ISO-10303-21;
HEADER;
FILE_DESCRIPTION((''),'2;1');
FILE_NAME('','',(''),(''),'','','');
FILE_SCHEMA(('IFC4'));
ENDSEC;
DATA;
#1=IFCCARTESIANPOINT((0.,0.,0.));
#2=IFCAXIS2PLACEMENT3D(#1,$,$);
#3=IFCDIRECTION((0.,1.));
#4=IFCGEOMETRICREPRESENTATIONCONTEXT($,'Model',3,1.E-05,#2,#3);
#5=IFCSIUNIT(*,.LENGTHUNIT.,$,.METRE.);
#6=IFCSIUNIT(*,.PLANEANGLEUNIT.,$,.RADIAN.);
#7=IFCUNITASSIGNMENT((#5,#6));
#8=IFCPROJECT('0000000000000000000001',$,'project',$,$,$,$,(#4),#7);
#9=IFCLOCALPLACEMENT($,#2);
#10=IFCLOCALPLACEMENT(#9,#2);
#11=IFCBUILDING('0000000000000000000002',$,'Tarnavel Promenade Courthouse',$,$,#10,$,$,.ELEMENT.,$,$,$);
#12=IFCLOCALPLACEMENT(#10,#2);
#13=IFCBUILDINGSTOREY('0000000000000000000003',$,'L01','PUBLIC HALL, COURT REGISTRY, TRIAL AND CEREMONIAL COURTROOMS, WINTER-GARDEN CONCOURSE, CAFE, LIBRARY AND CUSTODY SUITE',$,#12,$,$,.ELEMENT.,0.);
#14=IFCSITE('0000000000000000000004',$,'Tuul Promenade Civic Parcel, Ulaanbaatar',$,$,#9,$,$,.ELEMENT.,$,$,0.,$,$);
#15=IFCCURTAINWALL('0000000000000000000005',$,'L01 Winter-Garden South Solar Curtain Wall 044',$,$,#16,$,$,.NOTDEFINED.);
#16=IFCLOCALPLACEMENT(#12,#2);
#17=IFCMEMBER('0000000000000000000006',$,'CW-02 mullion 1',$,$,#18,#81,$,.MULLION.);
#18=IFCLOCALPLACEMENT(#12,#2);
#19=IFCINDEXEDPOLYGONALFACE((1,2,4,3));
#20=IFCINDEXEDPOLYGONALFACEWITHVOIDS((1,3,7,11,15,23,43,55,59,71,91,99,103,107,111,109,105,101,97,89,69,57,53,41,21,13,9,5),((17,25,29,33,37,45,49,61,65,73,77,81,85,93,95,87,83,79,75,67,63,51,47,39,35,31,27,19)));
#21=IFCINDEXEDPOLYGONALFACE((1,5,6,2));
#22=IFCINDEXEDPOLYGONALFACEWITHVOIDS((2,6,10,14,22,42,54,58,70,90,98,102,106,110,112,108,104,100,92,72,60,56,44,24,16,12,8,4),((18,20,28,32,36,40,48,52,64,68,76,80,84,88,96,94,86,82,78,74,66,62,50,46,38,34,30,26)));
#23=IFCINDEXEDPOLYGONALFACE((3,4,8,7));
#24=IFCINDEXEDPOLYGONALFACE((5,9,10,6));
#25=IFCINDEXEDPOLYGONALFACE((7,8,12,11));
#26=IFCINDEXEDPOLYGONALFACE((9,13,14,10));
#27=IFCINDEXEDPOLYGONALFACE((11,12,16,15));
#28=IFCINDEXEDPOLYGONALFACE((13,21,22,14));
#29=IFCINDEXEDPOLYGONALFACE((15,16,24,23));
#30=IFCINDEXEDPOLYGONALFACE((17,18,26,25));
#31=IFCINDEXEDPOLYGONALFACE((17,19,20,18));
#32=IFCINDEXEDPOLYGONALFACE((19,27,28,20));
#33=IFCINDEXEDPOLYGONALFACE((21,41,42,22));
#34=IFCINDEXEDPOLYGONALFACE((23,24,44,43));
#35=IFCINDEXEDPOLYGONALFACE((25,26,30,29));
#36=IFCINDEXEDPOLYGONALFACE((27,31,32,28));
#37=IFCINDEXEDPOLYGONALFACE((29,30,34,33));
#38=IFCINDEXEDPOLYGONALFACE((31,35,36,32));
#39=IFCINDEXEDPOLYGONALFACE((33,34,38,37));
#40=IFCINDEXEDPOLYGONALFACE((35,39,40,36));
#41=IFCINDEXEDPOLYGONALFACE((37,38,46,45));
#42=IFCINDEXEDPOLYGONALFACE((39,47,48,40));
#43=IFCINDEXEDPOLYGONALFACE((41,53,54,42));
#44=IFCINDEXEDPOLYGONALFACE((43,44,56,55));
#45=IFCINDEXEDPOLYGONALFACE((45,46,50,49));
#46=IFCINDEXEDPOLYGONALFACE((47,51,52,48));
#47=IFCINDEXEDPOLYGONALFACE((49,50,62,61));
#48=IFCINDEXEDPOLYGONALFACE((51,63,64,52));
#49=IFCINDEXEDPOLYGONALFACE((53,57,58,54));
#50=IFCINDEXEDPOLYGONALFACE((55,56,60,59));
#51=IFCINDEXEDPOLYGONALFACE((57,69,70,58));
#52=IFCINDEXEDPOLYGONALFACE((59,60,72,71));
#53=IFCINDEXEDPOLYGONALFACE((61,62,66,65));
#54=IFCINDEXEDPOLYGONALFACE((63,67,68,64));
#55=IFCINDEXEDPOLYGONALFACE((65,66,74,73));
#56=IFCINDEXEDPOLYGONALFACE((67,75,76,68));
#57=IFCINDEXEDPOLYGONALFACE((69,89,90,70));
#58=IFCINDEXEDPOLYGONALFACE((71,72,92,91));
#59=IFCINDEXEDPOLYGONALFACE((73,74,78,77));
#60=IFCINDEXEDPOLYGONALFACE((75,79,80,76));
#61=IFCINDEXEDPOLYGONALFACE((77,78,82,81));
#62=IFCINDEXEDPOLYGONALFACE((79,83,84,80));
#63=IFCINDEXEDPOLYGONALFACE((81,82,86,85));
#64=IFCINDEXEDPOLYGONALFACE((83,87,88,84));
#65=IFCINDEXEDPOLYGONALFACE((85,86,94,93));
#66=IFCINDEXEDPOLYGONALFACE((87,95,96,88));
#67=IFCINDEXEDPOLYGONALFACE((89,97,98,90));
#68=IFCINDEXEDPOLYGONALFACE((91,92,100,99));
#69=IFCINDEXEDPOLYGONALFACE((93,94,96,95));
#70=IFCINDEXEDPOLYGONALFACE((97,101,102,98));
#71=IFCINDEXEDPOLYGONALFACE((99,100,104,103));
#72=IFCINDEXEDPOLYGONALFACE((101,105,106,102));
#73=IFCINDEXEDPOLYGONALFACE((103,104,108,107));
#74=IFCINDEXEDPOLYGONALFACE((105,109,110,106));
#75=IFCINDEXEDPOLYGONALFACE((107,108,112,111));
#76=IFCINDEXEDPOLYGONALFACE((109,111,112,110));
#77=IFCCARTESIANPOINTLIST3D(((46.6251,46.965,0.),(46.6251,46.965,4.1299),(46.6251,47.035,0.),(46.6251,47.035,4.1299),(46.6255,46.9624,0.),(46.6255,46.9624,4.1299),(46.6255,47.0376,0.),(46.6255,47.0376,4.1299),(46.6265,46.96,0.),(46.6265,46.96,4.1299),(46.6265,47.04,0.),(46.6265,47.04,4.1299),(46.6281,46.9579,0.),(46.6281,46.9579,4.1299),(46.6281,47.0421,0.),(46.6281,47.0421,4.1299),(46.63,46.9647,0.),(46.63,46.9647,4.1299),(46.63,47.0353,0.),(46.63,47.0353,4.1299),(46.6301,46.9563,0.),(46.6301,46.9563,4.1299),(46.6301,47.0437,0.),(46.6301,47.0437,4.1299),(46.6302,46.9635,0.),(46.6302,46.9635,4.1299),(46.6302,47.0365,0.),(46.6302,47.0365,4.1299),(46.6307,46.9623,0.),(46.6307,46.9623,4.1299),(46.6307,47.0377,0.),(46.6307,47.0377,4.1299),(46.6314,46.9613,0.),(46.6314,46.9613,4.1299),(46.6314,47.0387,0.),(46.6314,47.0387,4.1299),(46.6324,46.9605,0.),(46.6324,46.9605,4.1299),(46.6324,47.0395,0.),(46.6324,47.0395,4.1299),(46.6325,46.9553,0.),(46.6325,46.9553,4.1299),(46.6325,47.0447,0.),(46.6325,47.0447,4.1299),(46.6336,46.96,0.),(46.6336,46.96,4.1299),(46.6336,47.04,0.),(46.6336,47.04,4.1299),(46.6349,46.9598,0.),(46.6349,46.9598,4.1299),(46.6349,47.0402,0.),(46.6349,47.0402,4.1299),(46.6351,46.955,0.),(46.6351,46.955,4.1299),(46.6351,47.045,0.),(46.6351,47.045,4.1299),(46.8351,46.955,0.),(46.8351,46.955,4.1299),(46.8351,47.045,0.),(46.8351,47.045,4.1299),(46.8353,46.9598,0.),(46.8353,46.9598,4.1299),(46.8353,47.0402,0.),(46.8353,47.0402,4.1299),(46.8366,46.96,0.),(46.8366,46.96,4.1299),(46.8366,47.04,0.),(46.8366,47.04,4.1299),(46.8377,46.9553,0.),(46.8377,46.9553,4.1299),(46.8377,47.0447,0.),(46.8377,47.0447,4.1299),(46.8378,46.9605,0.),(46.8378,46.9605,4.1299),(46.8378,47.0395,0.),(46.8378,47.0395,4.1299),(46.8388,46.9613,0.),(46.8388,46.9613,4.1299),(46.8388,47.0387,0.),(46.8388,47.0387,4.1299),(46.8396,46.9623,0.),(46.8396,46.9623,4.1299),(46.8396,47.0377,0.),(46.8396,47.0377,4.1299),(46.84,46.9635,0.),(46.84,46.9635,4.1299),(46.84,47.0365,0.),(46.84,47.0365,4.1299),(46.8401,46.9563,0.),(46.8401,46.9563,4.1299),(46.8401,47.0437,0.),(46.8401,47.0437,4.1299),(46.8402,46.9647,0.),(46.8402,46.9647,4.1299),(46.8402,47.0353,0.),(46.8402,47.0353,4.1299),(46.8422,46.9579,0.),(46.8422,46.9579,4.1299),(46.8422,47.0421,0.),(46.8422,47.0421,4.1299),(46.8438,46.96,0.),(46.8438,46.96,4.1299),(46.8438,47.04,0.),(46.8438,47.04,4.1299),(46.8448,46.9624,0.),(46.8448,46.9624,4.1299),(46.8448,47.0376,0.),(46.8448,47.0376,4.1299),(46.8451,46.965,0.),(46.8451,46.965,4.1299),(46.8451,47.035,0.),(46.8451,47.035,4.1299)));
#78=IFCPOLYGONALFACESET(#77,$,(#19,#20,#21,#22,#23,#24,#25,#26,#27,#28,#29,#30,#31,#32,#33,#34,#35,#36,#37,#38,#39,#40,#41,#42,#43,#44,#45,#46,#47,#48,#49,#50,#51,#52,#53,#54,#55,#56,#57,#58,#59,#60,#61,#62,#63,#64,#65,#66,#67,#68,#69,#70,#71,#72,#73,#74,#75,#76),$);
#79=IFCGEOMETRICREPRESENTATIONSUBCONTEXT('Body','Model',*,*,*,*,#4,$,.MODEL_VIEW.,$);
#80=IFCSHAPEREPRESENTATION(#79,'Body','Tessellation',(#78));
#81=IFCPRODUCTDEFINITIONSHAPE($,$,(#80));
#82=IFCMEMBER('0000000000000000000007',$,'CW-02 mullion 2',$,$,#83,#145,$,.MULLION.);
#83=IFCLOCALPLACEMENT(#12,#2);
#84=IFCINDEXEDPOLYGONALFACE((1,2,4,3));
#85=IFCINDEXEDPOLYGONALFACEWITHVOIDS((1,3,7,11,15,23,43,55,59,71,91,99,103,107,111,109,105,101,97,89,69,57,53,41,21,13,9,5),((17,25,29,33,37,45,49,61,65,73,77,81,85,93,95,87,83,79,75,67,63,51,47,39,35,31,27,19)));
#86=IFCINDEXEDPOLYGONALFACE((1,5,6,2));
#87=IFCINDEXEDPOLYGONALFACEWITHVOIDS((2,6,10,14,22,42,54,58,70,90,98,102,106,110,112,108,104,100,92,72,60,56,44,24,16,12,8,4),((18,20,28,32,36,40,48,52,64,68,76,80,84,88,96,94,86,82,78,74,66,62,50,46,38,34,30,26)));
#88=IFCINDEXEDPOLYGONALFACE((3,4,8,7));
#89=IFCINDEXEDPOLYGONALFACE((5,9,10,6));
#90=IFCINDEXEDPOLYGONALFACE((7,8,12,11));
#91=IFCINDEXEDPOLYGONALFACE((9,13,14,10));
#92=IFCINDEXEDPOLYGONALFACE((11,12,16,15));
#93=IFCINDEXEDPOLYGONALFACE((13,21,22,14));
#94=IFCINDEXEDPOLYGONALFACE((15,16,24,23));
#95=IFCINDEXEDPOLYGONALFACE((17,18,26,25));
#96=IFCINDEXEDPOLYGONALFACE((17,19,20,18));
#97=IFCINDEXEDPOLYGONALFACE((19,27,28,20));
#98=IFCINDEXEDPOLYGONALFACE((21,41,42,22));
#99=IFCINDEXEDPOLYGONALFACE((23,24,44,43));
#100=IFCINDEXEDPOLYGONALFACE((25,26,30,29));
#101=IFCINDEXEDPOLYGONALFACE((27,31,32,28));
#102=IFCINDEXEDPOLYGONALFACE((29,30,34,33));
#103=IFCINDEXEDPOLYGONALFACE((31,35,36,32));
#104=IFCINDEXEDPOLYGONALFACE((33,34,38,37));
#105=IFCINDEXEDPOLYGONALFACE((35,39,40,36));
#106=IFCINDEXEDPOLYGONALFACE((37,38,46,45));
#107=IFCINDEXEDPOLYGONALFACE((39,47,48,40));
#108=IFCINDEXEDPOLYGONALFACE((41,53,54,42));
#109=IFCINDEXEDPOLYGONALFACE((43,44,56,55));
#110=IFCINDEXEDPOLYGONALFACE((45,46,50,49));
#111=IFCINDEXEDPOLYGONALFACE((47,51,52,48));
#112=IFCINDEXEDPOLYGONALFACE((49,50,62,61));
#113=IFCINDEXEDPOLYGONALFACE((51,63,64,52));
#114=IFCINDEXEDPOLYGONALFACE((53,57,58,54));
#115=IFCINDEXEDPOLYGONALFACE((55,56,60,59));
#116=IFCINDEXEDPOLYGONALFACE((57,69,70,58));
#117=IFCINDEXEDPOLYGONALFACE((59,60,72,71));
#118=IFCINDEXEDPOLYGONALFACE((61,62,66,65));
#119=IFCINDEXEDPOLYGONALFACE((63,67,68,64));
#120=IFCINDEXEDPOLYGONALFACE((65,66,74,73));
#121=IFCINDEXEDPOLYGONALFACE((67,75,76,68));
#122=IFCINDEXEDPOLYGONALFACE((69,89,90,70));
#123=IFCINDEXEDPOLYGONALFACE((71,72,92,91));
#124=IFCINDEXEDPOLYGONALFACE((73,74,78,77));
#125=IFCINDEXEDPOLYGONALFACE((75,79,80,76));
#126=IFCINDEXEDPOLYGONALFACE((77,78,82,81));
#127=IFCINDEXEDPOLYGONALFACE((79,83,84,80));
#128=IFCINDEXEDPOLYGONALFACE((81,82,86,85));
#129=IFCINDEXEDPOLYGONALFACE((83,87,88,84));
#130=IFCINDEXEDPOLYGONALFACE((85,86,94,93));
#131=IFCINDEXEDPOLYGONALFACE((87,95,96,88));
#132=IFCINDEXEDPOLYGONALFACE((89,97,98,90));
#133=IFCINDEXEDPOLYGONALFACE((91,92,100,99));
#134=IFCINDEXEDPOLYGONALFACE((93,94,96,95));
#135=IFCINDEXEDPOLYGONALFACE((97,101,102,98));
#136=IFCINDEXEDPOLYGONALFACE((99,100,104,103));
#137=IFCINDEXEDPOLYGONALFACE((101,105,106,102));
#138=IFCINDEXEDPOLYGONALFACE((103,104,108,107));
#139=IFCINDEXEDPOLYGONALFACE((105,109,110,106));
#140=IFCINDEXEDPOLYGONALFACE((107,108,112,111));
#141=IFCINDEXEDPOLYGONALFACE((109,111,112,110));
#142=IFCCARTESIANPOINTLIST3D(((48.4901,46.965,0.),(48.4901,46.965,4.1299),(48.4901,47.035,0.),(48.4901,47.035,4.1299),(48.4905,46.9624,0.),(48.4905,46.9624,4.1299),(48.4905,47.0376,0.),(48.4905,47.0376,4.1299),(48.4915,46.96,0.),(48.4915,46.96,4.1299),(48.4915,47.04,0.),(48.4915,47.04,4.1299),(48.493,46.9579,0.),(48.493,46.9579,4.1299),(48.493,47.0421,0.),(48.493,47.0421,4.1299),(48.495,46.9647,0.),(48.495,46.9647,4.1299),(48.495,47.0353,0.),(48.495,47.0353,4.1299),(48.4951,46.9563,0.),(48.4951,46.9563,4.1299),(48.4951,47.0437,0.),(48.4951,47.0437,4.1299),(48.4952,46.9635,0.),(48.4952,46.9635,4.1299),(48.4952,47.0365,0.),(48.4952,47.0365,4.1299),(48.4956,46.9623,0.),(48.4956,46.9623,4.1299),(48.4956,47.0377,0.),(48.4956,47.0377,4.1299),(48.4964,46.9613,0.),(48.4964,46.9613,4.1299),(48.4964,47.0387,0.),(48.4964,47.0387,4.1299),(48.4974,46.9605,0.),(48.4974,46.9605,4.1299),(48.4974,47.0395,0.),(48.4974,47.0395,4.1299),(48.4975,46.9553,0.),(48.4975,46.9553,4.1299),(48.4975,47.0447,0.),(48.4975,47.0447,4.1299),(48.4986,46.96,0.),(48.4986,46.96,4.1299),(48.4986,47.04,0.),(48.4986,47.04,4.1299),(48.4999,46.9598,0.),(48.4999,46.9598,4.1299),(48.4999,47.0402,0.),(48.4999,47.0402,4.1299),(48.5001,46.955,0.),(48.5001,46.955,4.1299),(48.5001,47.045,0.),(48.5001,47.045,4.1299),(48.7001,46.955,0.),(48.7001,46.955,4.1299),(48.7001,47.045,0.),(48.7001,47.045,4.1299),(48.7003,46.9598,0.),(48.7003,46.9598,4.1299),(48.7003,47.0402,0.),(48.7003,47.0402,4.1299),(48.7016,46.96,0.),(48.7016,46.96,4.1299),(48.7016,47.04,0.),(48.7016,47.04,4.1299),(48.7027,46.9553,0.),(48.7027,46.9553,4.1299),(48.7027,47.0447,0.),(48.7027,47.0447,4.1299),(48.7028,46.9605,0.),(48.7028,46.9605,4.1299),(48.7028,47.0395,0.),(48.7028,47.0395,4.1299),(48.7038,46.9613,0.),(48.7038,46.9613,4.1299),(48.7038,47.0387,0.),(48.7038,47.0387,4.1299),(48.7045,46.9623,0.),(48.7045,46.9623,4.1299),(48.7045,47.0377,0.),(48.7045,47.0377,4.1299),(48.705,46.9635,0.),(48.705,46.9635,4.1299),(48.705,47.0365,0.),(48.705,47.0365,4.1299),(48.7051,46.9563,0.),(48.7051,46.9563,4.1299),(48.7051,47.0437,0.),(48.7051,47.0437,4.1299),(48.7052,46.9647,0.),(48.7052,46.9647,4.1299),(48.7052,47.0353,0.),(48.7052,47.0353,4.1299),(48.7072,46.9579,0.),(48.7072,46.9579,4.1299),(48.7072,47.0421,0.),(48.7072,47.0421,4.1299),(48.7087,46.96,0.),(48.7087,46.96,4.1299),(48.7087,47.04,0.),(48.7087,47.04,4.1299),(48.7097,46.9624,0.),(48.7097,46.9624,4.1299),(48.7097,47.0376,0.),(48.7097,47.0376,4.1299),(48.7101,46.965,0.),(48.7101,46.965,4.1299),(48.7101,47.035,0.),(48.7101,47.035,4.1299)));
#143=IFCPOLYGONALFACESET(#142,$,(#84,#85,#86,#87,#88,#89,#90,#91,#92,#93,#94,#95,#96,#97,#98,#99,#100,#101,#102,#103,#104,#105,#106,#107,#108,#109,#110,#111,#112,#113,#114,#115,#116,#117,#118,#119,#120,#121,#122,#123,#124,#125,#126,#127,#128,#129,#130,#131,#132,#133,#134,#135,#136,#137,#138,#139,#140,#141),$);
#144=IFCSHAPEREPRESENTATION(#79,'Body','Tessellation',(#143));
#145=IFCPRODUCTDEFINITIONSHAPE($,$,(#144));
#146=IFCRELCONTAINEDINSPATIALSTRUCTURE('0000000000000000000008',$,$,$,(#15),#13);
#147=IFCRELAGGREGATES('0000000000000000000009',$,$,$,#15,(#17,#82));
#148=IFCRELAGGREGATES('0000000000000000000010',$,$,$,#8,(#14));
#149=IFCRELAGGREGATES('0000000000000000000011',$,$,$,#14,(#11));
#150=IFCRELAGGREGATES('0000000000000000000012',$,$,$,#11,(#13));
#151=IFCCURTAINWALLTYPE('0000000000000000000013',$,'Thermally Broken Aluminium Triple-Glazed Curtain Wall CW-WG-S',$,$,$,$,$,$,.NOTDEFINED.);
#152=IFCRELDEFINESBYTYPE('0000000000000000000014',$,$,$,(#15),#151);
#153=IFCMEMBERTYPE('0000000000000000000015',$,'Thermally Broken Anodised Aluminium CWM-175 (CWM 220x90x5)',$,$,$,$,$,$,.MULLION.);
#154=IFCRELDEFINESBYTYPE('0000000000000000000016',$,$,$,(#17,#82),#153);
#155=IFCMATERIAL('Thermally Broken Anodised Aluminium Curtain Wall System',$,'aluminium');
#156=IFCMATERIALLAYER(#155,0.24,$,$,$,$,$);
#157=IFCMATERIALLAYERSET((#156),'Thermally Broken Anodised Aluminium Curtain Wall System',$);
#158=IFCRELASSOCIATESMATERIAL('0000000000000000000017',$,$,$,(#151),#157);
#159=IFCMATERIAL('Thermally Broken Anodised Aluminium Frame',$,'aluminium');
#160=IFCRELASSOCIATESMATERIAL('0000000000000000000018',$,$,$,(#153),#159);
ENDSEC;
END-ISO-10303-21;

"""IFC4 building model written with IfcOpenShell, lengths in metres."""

from ifc_helpers import new_model, si_unit, direction, frame, origin, origin_2d, place, context, subcontext, project, spatial, hollow_rectangle, extrude, material, layer, layer_set, material_profile, profile_set, type_object, element, aggregate, save


model = new_model("IFC4")

# Units and contexts
model_context = context("Model", 3, precision=1e-05, world=origin(), true_north=direction((0.0, 1.0)))
body_context = subcontext(model_context, "Body", "Model", "MODEL_VIEW")
ifc_project = project(units=[si_unit("LENGTHUNIT", "METRE"), si_unit("PLANEANGLEUNIT", "RADIAN")], contexts=[model_context])

# Site, building, storey
site_placement = place(None, origin())
site = spatial("IfcSite", under=ifc_project, at=site_placement, Name="Tuul Promenade Civic Parcel, Ulaanbaatar", CompositionType="ELEMENT", RefElevation=0.0)
building_placement = place(site_placement, origin())
building = spatial("IfcBuilding", under=site, at=building_placement, Name="Tarnavel Promenade Courthouse", CompositionType="ELEMENT")
storey_placement = place(building_placement, origin())
storey = spatial("IfcBuildingStorey", under=building, at=storey_placement, Name="L01", Description="PUBLIC HALL, COURT REGISTRY, TRIAL AND CEREMONIAL COURTROOMS, WINTER-GARDEN CONCOURSE, CAFE, LIBRARY AND CUSTODY SUITE", CompositionType="ELEMENT", Elevation=0.0)

# Curtain wall, members
ifc_material_1 = material(Name="Thermally Broken Anodised Aluminium Curtain Wall System", Category="aluminium")
ifc_layer_1 = layer(ifc_material_1, 0.24)
ifc_layer_set_1 = layer_set([ifc_layer_1], Name="Thermally Broken Anodised Aluminium Curtain Wall System")
curtain_wall_type = type_object("IfcCurtainWallType", Name="Thermally Broken Aluminium Triple-Glazed Curtain Wall CW-WG-S", PredefinedType="NOTDEFINED", material=ifc_layer_set_1)
ifc_material_2 = material(Name="Thermally Broken Anodised Aluminium Frame", Category="aluminium")
ifc_material_profile_1 = material_profile(ifc_material_2, hollow_rectangle(XDim=0.0901, YDim=0.22, WallThickness=0.0049, InnerFilletRadius=0.0049, OuterFilletRadius=0.01, at=origin_2d()), Name="CWM 220x90x5")
ifc_profile_set_1 = profile_set([ifc_material_profile_1], Name="Thermally Broken Anodised Aluminium Frame")
member_type_1 = type_object("IfcMemberType", Name="Thermally Broken Anodised Aluminium CWM-175 (CWM 220x90x5)", PredefinedType="MULLION", material=ifc_profile_set_1)
curtain_wall_1_placement = place(storey_placement, origin())
curtain_wall_1 = element("IfcCurtainWall", 1, at=curtain_wall_1_placement, inside=storey, type_object=curtain_wall_type, Name="L01 Winter-Garden South Solar Curtain Wall 044", PredefinedType="NOTDEFINED")
member_1_placement = place(storey_placement, frame((46.7351, 47.0, 0.0), z_axis=(0.0, 0.0, 1.0), x_axis=(0.0, 1.0, 0.0)))
member_1 = element("IfcMember", 2, at=member_1_placement, type_object=member_type_1, Name="CW-02 mullion 1", PredefinedType="MULLION", context=body_context, shape_type="SweptSolid", body=[
    extrude(hollow_rectangle(XDim=0.0901, YDim=0.22, WallThickness=0.0049, InnerFilletRadius=0.0049, OuterFilletRadius=0.01, at=origin_2d()), origin(), (0.0, 0.0, 1.0), 4.1299),
])
member_2_placement = place(storey_placement, frame((48.6001, 47.0, 0.0), z_axis=(0.0, 0.0, 1.0), x_axis=(0.0, 1.0, 0.0)))
member_2 = element("IfcMember", 3, at=member_2_placement, type_object=member_type_1, Name="CW-02 mullion 2", PredefinedType="MULLION", context=body_context, shape_type="SweptSolid", body=[
    extrude(hollow_rectangle(XDim=0.0901, YDim=0.22, WallThickness=0.0049, InnerFilletRadius=0.0049, OuterFilletRadius=0.01, at=origin_2d()), origin(), (0.0, 0.0, 1.0), 4.1299),
])

aggregate(curtain_wall_1, [member_1, member_2])

save(model, "model.ifc")
